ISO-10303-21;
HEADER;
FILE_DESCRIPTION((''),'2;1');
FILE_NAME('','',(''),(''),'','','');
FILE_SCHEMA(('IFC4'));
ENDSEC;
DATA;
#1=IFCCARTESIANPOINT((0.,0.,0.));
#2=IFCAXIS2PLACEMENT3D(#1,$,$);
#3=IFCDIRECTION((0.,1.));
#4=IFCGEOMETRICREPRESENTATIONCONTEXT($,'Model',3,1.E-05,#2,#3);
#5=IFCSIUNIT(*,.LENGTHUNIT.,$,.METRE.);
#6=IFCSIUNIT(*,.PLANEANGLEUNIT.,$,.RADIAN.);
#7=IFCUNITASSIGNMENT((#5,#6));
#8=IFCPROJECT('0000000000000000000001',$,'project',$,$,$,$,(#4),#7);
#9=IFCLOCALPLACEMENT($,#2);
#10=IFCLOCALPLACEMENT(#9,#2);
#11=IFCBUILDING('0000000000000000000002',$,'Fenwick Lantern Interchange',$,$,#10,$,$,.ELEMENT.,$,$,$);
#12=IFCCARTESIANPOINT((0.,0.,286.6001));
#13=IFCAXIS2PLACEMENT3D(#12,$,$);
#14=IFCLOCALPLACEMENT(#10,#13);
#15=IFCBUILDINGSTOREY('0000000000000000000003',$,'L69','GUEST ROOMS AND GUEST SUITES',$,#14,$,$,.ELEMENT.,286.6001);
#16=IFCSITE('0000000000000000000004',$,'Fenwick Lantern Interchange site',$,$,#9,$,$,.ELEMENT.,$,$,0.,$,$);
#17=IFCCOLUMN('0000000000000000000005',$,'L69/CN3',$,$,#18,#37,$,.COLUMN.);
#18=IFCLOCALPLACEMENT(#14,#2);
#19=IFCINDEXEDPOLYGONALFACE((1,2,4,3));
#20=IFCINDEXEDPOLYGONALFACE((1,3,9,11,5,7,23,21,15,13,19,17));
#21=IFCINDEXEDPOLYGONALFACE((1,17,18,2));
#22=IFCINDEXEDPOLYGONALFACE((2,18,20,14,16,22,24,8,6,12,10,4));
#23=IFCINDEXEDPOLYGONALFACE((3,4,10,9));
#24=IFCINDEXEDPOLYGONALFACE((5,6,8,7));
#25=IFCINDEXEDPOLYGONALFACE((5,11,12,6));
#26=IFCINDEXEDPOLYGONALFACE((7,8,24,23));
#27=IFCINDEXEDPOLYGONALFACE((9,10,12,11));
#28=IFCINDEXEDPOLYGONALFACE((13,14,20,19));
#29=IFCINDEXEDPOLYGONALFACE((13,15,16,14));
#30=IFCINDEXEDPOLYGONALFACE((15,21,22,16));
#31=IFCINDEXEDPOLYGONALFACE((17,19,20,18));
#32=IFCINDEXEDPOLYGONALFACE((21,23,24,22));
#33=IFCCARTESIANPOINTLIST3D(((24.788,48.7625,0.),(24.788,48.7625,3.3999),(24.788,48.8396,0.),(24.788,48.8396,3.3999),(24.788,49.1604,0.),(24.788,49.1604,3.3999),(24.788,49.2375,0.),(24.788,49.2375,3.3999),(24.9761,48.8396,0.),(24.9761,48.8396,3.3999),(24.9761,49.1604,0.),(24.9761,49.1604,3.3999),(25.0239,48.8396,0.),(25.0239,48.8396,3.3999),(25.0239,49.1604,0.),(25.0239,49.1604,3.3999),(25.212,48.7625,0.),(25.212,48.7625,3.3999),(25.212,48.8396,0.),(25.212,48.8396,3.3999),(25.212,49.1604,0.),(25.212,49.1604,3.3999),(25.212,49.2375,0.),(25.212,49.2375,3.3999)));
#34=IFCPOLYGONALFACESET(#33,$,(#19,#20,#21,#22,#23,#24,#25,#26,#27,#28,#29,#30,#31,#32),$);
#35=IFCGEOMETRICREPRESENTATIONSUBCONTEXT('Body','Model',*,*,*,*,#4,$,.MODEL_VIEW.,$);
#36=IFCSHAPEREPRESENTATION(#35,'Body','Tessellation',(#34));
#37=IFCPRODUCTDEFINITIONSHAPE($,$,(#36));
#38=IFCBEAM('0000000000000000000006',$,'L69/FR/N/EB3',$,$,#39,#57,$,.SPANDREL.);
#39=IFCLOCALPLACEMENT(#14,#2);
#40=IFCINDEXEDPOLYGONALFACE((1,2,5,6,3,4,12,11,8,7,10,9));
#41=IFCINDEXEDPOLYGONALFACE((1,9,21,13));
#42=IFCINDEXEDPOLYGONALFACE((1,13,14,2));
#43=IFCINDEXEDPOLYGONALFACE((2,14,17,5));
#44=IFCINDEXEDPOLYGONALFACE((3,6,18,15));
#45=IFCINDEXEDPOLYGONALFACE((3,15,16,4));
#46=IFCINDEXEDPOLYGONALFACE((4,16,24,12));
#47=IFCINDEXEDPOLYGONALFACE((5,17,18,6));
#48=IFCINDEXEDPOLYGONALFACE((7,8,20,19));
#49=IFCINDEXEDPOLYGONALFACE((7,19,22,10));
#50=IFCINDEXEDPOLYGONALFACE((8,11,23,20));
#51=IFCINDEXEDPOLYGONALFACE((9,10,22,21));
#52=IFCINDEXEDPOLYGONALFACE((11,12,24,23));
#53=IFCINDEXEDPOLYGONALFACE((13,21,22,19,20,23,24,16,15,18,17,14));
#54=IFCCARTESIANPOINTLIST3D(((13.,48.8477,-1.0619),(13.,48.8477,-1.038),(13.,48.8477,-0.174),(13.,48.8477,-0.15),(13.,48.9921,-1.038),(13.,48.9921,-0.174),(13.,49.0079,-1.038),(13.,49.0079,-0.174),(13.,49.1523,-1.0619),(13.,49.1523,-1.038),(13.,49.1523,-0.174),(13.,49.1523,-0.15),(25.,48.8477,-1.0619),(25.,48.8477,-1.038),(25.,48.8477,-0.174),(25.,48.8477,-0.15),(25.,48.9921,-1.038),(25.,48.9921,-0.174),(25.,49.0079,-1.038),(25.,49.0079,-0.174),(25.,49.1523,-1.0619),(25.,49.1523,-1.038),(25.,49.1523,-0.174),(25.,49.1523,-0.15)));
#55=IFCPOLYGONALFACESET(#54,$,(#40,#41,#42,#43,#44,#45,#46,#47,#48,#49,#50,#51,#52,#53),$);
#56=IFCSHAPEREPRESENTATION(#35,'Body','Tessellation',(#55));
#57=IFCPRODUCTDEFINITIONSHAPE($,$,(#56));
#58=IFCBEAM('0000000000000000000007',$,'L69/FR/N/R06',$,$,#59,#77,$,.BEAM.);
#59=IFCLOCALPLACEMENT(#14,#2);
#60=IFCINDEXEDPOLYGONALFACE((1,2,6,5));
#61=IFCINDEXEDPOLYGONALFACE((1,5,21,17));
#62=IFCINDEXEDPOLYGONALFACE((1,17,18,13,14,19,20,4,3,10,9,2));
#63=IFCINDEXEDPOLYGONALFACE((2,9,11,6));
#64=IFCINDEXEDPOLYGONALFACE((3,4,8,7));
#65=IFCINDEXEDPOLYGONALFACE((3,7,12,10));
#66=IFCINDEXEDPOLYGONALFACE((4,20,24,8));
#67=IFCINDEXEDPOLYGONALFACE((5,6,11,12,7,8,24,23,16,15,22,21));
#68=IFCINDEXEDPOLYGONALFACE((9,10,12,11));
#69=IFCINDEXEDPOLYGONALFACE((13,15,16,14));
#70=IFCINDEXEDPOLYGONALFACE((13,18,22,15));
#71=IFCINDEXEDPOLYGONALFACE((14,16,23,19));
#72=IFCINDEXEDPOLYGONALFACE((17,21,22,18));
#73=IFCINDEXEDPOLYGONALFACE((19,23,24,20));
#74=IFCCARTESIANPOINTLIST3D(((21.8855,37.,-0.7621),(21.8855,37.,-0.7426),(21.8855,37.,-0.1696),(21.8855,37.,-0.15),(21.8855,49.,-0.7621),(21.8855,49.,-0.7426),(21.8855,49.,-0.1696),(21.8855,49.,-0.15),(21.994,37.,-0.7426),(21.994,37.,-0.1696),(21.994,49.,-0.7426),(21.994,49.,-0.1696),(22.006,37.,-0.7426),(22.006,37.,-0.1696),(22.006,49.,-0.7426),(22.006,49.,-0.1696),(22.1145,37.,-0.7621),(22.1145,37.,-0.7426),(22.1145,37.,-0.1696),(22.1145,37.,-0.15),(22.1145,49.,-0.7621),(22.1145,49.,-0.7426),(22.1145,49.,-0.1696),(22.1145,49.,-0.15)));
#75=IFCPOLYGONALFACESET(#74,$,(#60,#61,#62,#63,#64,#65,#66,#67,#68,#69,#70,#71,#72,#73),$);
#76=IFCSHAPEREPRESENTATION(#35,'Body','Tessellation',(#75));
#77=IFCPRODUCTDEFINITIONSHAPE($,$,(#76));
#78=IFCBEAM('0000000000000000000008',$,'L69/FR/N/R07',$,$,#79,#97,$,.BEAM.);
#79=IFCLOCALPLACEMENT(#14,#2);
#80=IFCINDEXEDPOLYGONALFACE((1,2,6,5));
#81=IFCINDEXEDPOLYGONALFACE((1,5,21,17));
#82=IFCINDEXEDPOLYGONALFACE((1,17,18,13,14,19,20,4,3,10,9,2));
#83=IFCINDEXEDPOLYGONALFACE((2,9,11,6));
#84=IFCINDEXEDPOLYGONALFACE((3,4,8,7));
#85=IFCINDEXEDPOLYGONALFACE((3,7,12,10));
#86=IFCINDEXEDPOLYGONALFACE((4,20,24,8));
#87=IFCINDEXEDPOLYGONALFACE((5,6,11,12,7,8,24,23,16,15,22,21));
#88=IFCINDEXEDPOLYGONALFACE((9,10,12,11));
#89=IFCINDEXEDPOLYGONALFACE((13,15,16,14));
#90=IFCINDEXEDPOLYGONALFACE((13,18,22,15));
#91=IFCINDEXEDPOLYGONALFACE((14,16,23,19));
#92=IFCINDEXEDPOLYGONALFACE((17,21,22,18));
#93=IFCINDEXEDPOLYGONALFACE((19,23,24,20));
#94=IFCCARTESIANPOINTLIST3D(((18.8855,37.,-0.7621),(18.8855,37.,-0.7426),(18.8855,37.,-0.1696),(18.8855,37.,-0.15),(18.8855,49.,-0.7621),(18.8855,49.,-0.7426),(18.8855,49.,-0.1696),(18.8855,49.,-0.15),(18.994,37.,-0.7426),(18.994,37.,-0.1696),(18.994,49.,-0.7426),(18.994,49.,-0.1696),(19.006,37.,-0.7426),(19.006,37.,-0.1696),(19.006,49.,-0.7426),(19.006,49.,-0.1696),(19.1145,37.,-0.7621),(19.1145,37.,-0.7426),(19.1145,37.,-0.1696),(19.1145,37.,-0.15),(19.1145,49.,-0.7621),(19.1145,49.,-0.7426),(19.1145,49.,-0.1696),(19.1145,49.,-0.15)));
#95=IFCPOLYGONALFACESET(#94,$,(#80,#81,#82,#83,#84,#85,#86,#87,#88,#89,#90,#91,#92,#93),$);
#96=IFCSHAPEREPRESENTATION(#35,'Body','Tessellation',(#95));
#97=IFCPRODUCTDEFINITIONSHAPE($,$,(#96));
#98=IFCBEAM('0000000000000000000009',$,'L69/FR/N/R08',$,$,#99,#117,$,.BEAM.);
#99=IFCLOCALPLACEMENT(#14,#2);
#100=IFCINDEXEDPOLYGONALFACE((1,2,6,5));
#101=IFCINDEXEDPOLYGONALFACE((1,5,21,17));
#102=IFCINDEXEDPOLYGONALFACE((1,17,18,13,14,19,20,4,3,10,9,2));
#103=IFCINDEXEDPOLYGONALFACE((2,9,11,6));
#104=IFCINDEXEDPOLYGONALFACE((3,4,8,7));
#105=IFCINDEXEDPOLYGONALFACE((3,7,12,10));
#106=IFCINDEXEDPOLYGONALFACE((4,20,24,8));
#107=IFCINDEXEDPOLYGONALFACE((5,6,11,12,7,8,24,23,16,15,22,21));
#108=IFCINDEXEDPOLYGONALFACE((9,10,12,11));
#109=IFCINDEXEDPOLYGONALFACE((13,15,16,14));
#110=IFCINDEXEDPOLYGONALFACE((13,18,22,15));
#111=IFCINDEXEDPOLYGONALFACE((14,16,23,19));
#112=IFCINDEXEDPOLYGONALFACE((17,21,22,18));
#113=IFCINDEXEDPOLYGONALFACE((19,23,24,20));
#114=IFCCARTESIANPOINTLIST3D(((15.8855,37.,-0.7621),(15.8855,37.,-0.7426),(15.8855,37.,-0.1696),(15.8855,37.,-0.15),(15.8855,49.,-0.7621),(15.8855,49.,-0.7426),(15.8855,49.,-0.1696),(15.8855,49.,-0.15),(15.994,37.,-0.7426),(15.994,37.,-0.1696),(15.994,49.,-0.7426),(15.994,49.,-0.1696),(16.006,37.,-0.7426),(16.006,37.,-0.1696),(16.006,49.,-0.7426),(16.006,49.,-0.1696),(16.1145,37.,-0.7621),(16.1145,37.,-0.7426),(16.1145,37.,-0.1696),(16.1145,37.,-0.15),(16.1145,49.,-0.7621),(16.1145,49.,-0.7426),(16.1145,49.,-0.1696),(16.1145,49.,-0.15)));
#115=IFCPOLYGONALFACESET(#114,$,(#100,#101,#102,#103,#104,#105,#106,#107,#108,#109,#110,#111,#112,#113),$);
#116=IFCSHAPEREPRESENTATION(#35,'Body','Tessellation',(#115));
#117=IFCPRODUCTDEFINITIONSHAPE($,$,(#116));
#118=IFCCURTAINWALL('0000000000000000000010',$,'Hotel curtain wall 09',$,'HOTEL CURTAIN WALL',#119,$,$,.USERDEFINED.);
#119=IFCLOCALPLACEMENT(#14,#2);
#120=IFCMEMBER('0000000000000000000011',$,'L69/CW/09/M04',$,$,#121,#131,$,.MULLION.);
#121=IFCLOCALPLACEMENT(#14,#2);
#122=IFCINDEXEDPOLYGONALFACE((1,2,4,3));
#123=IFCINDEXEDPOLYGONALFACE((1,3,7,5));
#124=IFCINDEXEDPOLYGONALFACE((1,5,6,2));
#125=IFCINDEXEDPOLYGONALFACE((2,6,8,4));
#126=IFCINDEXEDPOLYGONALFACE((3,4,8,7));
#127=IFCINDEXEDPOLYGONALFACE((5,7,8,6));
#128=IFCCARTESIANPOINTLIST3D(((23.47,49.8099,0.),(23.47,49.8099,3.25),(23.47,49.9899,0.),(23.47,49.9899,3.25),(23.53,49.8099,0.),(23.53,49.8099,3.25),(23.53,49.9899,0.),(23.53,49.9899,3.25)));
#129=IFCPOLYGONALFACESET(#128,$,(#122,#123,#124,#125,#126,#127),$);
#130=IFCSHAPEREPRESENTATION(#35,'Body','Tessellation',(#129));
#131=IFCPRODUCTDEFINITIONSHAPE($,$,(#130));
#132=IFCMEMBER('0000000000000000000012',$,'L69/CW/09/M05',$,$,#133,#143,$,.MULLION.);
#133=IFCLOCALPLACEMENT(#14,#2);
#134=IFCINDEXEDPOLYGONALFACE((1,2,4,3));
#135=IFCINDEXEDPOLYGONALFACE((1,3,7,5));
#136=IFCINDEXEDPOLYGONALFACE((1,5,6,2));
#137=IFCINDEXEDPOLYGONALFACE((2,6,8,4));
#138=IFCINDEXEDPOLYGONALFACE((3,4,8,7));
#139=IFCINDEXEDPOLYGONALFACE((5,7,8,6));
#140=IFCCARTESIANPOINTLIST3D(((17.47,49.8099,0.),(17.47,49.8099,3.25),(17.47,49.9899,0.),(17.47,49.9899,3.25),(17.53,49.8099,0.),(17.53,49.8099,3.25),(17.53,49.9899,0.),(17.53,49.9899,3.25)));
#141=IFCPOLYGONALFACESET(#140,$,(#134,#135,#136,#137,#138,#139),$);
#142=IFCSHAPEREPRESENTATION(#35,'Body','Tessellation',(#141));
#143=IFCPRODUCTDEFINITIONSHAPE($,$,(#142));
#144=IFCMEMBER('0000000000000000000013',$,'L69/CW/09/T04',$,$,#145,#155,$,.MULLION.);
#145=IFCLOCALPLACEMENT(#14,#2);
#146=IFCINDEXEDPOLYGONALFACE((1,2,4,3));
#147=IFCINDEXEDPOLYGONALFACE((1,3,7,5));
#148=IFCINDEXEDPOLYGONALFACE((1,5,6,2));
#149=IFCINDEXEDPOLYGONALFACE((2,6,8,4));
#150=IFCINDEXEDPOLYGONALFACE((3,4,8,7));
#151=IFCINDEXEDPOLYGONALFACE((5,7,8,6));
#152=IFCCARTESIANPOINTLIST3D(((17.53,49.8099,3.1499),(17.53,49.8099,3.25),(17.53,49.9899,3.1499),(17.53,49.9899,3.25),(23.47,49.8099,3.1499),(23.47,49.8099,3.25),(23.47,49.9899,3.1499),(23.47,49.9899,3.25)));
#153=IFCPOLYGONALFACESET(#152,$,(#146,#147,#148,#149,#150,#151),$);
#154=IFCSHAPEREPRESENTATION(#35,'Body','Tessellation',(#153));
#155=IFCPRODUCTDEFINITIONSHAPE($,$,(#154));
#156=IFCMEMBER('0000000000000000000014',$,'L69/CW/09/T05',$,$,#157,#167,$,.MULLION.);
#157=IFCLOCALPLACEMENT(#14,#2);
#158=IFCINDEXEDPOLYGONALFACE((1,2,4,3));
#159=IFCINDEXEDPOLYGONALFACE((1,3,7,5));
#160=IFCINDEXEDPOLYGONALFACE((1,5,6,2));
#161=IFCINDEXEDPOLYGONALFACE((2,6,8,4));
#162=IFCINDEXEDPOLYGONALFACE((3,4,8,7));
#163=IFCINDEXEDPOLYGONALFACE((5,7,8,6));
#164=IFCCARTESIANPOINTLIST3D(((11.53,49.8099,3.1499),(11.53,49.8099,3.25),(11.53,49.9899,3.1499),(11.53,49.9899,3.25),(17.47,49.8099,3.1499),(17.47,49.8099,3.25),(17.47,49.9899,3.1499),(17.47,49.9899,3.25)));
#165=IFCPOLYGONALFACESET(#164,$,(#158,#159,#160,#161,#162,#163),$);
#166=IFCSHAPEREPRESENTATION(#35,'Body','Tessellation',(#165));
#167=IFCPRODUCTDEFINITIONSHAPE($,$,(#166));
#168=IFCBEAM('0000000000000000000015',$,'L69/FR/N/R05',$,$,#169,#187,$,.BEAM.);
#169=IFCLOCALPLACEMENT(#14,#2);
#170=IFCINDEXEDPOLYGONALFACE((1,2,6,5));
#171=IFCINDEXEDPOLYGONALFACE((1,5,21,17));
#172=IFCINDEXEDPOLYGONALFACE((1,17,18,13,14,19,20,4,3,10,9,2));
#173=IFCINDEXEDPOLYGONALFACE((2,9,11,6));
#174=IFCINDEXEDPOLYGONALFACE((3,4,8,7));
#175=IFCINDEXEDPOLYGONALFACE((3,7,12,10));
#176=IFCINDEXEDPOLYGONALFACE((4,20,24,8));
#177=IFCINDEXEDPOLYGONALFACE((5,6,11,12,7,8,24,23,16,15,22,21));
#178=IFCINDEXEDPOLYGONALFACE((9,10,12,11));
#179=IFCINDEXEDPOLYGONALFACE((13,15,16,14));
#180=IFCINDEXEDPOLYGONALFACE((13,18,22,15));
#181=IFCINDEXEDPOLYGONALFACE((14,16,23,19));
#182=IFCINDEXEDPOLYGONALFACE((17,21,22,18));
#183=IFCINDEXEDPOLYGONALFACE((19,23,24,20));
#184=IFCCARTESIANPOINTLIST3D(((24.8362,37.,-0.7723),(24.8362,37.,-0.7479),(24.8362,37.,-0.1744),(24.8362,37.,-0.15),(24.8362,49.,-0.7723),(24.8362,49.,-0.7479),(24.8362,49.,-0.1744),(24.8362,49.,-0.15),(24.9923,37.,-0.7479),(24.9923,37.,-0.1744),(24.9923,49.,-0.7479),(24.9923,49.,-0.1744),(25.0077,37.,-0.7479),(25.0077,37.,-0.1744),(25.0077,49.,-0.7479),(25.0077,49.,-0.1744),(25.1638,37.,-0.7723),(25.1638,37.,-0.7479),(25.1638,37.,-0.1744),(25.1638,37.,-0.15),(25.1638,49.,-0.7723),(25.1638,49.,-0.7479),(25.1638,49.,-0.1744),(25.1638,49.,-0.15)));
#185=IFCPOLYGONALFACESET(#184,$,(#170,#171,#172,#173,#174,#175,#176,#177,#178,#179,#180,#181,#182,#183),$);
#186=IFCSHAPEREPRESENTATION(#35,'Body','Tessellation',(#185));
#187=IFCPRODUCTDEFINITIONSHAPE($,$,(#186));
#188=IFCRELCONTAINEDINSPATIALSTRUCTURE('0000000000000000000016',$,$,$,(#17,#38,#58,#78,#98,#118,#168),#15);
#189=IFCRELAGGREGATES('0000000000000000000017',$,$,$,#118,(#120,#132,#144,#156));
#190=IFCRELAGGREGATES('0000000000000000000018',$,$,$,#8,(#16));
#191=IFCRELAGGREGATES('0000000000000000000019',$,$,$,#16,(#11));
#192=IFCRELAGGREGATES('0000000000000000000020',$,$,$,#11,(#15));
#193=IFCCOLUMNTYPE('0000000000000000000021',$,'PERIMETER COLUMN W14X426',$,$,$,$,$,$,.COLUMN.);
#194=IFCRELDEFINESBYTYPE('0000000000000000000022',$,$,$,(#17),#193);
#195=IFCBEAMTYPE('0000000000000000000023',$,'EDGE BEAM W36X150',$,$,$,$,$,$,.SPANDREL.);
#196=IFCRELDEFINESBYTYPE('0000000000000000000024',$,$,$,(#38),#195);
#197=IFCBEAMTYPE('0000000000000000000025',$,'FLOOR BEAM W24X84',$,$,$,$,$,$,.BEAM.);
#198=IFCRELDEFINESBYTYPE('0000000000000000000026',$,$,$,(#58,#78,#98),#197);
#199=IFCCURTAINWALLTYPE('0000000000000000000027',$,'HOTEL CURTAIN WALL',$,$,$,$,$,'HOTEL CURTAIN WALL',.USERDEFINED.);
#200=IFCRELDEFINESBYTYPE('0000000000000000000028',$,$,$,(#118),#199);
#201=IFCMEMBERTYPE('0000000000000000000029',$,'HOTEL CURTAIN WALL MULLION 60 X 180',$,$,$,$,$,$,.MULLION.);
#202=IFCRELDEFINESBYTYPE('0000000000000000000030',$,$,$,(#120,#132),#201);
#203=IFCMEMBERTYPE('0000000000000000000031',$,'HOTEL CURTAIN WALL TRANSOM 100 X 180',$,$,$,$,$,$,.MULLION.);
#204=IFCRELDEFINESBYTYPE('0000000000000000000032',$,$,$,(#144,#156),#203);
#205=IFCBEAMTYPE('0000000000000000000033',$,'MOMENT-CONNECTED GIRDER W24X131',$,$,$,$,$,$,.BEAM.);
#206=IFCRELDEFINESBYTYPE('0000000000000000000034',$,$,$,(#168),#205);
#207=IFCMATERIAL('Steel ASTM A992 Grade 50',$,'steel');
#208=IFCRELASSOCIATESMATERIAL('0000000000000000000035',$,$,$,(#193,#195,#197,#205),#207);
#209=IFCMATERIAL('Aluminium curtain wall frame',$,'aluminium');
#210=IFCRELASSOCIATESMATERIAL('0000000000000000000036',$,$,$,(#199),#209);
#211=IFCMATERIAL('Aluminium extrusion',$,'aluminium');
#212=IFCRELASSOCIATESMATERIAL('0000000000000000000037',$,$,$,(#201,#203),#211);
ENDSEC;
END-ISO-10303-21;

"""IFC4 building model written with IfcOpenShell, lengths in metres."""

from ifc_helpers import new_model, si_unit, direction, frame, origin, origin_2d, place, context, subcontext, project, spatial, rectangle, i_section, extrude, material, material_profile, profile_set, type_object, element, aggregate, save


model = new_model("IFC4")

# Units and contexts
model_context = context("Model", 3, precision=1e-05, world=origin(), true_north=direction((0.0, 1.0)))
body_context = subcontext(model_context, "Body", "Model", "MODEL_VIEW")
ifc_project = project(units=[si_unit("LENGTHUNIT", "METRE"), si_unit("PLANEANGLEUNIT", "RADIAN")], contexts=[model_context])

# Site, building, storey
site_placement = place(None, origin())
site = spatial("IfcSite", under=ifc_project, at=site_placement, Name="Fenwick Lantern Interchange site", CompositionType="ELEMENT", RefElevation=0.0)
building_placement = place(site_placement, origin())
building = spatial("IfcBuilding", under=site, at=building_placement, Name="Fenwick Lantern Interchange", CompositionType="ELEMENT")
storey_placement = place(building_placement, frame((0.0, 0.0, 286.6001)))
storey = spatial("IfcBuildingStorey", under=building, at=storey_placement, Name="L69", Description="GUEST ROOMS AND GUEST SUITES", CompositionType="ELEMENT", Elevation=286.6001)

# Column
ifc_material_1 = material(Name="Steel ASTM A992 Grade 50", Category="steel")
ifc_material_profile_1 = material_profile(ifc_material_1, i_section(OverallWidth=0.4241, OverallDepth=0.4751, WebThickness=0.0479, FlangeThickness=0.0771, at=origin_2d()), Name="W14X426")
ifc_profile_set_1 = profile_set([ifc_material_profile_1], Name="Steel ASTM A992 Grade 50")
column_type = type_object("IfcColumnType", Name="PERIMETER COLUMN W14X426", PredefinedType="COLUMN", material=ifc_profile_set_1)
column_placement = place(storey_placement, frame((25.0, 49.0, 0.0), z_axis=(0.0, 0.0, 1.0), x_axis=(1.0, 0.0, 0.0)))
element("IfcColumn", 1, at=column_placement, inside=storey, type_object=column_type, Name="L69/CN3", PredefinedType="COLUMN", context=body_context, shape_type="SweptSolid", body=[
    extrude(i_section(OverallWidth=0.4241, OverallDepth=0.4751, WebThickness=0.0479, FlangeThickness=0.0771, at=origin_2d()), origin(), (0.0, 0.0, 1.0), 3.3999),
])

# Beams
ifc_material_profile_2 = material_profile(ifc_material_1, i_section(OverallWidth=0.3047, OverallDepth=0.9119, WebThickness=0.0159, FlangeThickness=0.0239, at=origin_2d()), Name="W36X150")
ifc_profile_set_2 = profile_set([ifc_material_profile_2], Name="Steel ASTM A992 Grade 50")
beam_type_1 = type_object("IfcBeamType", Name="EDGE BEAM W36X150", PredefinedType="SPANDREL", material=ifc_profile_set_2)
beam_1_placement = place(storey_placement, frame((25.0, 49.0, -0.606), z_axis=(-1.0, 0.0, 0.0), x_axis=(0.0, -1.0, 0.0)))
element("IfcBeam", 2, at=beam_1_placement, inside=storey, type_object=beam_type_1, Name="L69/FR/N/EB3", PredefinedType="SPANDREL", context=body_context, shape_type="SweptSolid", body=[
    extrude(i_section(OverallWidth=0.3047, OverallDepth=0.9119, WebThickness=0.0159, FlangeThickness=0.0239, at=origin_2d()), origin(), (0.0, 0.0, 1.0), 12.0),
])
ifc_material_profile_3 = material_profile(ifc_material_1, i_section(OverallWidth=0.229, OverallDepth=0.6121, WebThickness=0.012, FlangeThickness=0.0195, at=origin_2d()), Name="W24X84")
ifc_profile_set_3 = profile_set([ifc_material_profile_3], Name="Steel ASTM A992 Grade 50")
beam_type_2 = type_object("IfcBeamType", Name="FLOOR BEAM W24X84", PredefinedType="BEAM", material=ifc_profile_set_3)
for number, where, z_axis, x_axis, name in (
    (3, (22.0, 49.0, -0.4561), (0.0, -1.0, 0.0), (1.0, 0.0, 0.0), "L69/FR/N/R06"),
    (4, (19.0, 49.0, -0.4561), (0.0, -1.0, 0.0), (1.0, 0.0, 0.0), "L69/FR/N/R07"),
    (5, (16.0, 49.0, -0.4561), (0.0, -1.0, 0.0), (1.0, 0.0, 0.0), "L69/FR/N/R08"),
):
    element("IfcBeam", number, at=place(storey_placement, frame(where, z_axis=z_axis, x_axis=x_axis)), inside=storey, type_object=beam_type_2, Name=name, PredefinedType="BEAM", context=body_context, shape_type="SweptSolid", body=[
        extrude(i_section(OverallWidth=0.229, OverallDepth=0.6121, WebThickness=0.012, FlangeThickness=0.0195, at=origin_2d()), origin(), (0.0, 0.0, 1.0), 12.0),
    ])

# Curtain wall, members
ifc_material_2 = material(Name="Aluminium curtain wall frame", Category="aluminium")
curtain_wall_type = type_object("IfcCurtainWallType", Name="HOTEL CURTAIN WALL", ElementType="HOTEL CURTAIN WALL", PredefinedType="USERDEFINED", material=ifc_material_2)
curtain_wall_placement = place(storey_placement, origin())
curtain_wall = element("IfcCurtainWall", 6, at=curtain_wall_placement, inside=storey, type_object=curtain_wall_type, Name="Hotel curtain wall 09", ObjectType="HOTEL CURTAIN WALL", PredefinedType="USERDEFINED")
ifc_material_3 = material(Name="Aluminium extrusion", Category="aluminium")
ifc_material_profile_4 = material_profile(ifc_material_3, rectangle(XDim=0.1799, YDim=0.0601, at=origin_2d()), Name="HOTEL CURTAIN WALL MULLION 60 X 180")
ifc_profile_set_4 = profile_set([ifc_material_profile_4], Name="Aluminium extrusion")
member_type_1 = type_object("IfcMemberType", Name="HOTEL CURTAIN WALL MULLION 60 X 180", PredefinedType="MULLION", material=ifc_profile_set_4)
member_1_placement = place(storey_placement, frame((23.5, 49.8999, 0.0), z_axis=(0.0, 0.0, 1.0), x_axis=(0.0, -1.0, 0.0)))
member_1 = element("IfcMember", 7, at=member_1_placement, type_object=member_type_1, Name="L69/CW/09/M04", PredefinedType="MULLION", context=body_context, shape_type="SweptSolid", body=[
    extrude(rectangle(XDim=0.1799, YDim=0.0601, at=origin_2d()), origin(), (0.0, 0.0, 1.0), 3.25),
])
member_2_placement = place(storey_placement, frame((17.5, 49.8999, 0.0), z_axis=(0.0, 0.0, 1.0), x_axis=(0.0, -1.0, 0.0)))
member_2 = element("IfcMember", 8, at=member_2_placement, type_object=member_type_1, Name="L69/CW/09/M05", PredefinedType="MULLION", context=body_context, shape_type="SweptSolid", body=[
    extrude(rectangle(XDim=0.1799, YDim=0.0601, at=origin_2d()), origin(), (0.0, 0.0, 1.0), 3.25),
])
ifc_material_profile_5 = material_profile(ifc_material_3, rectangle(XDim=0.1799, YDim=0.1001, at=origin_2d()), Name="HOTEL CURTAIN WALL TRANSOM 100 X 180")
ifc_profile_set_5 = profile_set([ifc_material_profile_5], Name="Aluminium extrusion")
member_type_2 = type_object("IfcMemberType", Name="HOTEL CURTAIN WALL TRANSOM 100 X 180", PredefinedType="MULLION", material=ifc_profile_set_5)
member_3_placement = place(storey_placement, frame((23.47, 49.8999, 3.2), z_axis=(-1.0, 0.0, 0.0), x_axis=(0.0, -1.0, 0.0)))
member_3 = element("IfcMember", 9, at=member_3_placement, type_object=member_type_2, Name="L69/CW/09/T04", PredefinedType="MULLION", context=body_context, shape_type="SweptSolid", body=[
    extrude(rectangle(XDim=0.1799, YDim=0.1001, at=origin_2d()), origin(), (0.0, 0.0, 1.0), 5.9399),
])
member_4_placement = place(storey_placement, frame((17.47, 49.8999, 3.2), z_axis=(-1.0, 0.0, 0.0), x_axis=(0.0, -1.0, 0.0)))
member_4 = element("IfcMember", 10, at=member_4_placement, type_object=member_type_2, Name="L69/CW/09/T05", PredefinedType="MULLION", context=body_context, shape_type="SweptSolid", body=[
    extrude(rectangle(XDim=0.1799, YDim=0.1001, at=origin_2d()), origin(), (0.0, 0.0, 1.0), 5.9399),
])
aggregate(curtain_wall, [member_1, member_2, member_3, member_4])

# Beam
ifc_material_profile_6 = material_profile(ifc_material_1, i_section(OverallWidth=0.3276, OverallDepth=0.6223, WebThickness=0.0154, FlangeThickness=0.0244, at=origin_2d()), Name="W24X131")
ifc_profile_set_6 = profile_set([ifc_material_profile_6], Name="Steel ASTM A992 Grade 50")
beam_type_3 = type_object("IfcBeamType", Name="MOMENT-CONNECTED GIRDER W24X131", PredefinedType="BEAM", material=ifc_profile_set_6)
beam_2_placement = place(storey_placement, frame((25.0, 49.0, -0.4612), z_axis=(0.0, -1.0, 0.0), x_axis=(1.0, 0.0, 0.0)))
element("IfcBeam", 11, at=beam_2_placement, inside=storey, type_object=beam_type_3, Name="L69/FR/N/R05", PredefinedType="BEAM", context=body_context, shape_type="SweptSolid", body=[
    extrude(i_section(OverallWidth=0.3276, OverallDepth=0.6223, WebThickness=0.0154, FlangeThickness=0.0244, at=origin_2d()), origin(), (0.0, 0.0, 1.0), 12.0),
])

save(model, "model.ifc")
